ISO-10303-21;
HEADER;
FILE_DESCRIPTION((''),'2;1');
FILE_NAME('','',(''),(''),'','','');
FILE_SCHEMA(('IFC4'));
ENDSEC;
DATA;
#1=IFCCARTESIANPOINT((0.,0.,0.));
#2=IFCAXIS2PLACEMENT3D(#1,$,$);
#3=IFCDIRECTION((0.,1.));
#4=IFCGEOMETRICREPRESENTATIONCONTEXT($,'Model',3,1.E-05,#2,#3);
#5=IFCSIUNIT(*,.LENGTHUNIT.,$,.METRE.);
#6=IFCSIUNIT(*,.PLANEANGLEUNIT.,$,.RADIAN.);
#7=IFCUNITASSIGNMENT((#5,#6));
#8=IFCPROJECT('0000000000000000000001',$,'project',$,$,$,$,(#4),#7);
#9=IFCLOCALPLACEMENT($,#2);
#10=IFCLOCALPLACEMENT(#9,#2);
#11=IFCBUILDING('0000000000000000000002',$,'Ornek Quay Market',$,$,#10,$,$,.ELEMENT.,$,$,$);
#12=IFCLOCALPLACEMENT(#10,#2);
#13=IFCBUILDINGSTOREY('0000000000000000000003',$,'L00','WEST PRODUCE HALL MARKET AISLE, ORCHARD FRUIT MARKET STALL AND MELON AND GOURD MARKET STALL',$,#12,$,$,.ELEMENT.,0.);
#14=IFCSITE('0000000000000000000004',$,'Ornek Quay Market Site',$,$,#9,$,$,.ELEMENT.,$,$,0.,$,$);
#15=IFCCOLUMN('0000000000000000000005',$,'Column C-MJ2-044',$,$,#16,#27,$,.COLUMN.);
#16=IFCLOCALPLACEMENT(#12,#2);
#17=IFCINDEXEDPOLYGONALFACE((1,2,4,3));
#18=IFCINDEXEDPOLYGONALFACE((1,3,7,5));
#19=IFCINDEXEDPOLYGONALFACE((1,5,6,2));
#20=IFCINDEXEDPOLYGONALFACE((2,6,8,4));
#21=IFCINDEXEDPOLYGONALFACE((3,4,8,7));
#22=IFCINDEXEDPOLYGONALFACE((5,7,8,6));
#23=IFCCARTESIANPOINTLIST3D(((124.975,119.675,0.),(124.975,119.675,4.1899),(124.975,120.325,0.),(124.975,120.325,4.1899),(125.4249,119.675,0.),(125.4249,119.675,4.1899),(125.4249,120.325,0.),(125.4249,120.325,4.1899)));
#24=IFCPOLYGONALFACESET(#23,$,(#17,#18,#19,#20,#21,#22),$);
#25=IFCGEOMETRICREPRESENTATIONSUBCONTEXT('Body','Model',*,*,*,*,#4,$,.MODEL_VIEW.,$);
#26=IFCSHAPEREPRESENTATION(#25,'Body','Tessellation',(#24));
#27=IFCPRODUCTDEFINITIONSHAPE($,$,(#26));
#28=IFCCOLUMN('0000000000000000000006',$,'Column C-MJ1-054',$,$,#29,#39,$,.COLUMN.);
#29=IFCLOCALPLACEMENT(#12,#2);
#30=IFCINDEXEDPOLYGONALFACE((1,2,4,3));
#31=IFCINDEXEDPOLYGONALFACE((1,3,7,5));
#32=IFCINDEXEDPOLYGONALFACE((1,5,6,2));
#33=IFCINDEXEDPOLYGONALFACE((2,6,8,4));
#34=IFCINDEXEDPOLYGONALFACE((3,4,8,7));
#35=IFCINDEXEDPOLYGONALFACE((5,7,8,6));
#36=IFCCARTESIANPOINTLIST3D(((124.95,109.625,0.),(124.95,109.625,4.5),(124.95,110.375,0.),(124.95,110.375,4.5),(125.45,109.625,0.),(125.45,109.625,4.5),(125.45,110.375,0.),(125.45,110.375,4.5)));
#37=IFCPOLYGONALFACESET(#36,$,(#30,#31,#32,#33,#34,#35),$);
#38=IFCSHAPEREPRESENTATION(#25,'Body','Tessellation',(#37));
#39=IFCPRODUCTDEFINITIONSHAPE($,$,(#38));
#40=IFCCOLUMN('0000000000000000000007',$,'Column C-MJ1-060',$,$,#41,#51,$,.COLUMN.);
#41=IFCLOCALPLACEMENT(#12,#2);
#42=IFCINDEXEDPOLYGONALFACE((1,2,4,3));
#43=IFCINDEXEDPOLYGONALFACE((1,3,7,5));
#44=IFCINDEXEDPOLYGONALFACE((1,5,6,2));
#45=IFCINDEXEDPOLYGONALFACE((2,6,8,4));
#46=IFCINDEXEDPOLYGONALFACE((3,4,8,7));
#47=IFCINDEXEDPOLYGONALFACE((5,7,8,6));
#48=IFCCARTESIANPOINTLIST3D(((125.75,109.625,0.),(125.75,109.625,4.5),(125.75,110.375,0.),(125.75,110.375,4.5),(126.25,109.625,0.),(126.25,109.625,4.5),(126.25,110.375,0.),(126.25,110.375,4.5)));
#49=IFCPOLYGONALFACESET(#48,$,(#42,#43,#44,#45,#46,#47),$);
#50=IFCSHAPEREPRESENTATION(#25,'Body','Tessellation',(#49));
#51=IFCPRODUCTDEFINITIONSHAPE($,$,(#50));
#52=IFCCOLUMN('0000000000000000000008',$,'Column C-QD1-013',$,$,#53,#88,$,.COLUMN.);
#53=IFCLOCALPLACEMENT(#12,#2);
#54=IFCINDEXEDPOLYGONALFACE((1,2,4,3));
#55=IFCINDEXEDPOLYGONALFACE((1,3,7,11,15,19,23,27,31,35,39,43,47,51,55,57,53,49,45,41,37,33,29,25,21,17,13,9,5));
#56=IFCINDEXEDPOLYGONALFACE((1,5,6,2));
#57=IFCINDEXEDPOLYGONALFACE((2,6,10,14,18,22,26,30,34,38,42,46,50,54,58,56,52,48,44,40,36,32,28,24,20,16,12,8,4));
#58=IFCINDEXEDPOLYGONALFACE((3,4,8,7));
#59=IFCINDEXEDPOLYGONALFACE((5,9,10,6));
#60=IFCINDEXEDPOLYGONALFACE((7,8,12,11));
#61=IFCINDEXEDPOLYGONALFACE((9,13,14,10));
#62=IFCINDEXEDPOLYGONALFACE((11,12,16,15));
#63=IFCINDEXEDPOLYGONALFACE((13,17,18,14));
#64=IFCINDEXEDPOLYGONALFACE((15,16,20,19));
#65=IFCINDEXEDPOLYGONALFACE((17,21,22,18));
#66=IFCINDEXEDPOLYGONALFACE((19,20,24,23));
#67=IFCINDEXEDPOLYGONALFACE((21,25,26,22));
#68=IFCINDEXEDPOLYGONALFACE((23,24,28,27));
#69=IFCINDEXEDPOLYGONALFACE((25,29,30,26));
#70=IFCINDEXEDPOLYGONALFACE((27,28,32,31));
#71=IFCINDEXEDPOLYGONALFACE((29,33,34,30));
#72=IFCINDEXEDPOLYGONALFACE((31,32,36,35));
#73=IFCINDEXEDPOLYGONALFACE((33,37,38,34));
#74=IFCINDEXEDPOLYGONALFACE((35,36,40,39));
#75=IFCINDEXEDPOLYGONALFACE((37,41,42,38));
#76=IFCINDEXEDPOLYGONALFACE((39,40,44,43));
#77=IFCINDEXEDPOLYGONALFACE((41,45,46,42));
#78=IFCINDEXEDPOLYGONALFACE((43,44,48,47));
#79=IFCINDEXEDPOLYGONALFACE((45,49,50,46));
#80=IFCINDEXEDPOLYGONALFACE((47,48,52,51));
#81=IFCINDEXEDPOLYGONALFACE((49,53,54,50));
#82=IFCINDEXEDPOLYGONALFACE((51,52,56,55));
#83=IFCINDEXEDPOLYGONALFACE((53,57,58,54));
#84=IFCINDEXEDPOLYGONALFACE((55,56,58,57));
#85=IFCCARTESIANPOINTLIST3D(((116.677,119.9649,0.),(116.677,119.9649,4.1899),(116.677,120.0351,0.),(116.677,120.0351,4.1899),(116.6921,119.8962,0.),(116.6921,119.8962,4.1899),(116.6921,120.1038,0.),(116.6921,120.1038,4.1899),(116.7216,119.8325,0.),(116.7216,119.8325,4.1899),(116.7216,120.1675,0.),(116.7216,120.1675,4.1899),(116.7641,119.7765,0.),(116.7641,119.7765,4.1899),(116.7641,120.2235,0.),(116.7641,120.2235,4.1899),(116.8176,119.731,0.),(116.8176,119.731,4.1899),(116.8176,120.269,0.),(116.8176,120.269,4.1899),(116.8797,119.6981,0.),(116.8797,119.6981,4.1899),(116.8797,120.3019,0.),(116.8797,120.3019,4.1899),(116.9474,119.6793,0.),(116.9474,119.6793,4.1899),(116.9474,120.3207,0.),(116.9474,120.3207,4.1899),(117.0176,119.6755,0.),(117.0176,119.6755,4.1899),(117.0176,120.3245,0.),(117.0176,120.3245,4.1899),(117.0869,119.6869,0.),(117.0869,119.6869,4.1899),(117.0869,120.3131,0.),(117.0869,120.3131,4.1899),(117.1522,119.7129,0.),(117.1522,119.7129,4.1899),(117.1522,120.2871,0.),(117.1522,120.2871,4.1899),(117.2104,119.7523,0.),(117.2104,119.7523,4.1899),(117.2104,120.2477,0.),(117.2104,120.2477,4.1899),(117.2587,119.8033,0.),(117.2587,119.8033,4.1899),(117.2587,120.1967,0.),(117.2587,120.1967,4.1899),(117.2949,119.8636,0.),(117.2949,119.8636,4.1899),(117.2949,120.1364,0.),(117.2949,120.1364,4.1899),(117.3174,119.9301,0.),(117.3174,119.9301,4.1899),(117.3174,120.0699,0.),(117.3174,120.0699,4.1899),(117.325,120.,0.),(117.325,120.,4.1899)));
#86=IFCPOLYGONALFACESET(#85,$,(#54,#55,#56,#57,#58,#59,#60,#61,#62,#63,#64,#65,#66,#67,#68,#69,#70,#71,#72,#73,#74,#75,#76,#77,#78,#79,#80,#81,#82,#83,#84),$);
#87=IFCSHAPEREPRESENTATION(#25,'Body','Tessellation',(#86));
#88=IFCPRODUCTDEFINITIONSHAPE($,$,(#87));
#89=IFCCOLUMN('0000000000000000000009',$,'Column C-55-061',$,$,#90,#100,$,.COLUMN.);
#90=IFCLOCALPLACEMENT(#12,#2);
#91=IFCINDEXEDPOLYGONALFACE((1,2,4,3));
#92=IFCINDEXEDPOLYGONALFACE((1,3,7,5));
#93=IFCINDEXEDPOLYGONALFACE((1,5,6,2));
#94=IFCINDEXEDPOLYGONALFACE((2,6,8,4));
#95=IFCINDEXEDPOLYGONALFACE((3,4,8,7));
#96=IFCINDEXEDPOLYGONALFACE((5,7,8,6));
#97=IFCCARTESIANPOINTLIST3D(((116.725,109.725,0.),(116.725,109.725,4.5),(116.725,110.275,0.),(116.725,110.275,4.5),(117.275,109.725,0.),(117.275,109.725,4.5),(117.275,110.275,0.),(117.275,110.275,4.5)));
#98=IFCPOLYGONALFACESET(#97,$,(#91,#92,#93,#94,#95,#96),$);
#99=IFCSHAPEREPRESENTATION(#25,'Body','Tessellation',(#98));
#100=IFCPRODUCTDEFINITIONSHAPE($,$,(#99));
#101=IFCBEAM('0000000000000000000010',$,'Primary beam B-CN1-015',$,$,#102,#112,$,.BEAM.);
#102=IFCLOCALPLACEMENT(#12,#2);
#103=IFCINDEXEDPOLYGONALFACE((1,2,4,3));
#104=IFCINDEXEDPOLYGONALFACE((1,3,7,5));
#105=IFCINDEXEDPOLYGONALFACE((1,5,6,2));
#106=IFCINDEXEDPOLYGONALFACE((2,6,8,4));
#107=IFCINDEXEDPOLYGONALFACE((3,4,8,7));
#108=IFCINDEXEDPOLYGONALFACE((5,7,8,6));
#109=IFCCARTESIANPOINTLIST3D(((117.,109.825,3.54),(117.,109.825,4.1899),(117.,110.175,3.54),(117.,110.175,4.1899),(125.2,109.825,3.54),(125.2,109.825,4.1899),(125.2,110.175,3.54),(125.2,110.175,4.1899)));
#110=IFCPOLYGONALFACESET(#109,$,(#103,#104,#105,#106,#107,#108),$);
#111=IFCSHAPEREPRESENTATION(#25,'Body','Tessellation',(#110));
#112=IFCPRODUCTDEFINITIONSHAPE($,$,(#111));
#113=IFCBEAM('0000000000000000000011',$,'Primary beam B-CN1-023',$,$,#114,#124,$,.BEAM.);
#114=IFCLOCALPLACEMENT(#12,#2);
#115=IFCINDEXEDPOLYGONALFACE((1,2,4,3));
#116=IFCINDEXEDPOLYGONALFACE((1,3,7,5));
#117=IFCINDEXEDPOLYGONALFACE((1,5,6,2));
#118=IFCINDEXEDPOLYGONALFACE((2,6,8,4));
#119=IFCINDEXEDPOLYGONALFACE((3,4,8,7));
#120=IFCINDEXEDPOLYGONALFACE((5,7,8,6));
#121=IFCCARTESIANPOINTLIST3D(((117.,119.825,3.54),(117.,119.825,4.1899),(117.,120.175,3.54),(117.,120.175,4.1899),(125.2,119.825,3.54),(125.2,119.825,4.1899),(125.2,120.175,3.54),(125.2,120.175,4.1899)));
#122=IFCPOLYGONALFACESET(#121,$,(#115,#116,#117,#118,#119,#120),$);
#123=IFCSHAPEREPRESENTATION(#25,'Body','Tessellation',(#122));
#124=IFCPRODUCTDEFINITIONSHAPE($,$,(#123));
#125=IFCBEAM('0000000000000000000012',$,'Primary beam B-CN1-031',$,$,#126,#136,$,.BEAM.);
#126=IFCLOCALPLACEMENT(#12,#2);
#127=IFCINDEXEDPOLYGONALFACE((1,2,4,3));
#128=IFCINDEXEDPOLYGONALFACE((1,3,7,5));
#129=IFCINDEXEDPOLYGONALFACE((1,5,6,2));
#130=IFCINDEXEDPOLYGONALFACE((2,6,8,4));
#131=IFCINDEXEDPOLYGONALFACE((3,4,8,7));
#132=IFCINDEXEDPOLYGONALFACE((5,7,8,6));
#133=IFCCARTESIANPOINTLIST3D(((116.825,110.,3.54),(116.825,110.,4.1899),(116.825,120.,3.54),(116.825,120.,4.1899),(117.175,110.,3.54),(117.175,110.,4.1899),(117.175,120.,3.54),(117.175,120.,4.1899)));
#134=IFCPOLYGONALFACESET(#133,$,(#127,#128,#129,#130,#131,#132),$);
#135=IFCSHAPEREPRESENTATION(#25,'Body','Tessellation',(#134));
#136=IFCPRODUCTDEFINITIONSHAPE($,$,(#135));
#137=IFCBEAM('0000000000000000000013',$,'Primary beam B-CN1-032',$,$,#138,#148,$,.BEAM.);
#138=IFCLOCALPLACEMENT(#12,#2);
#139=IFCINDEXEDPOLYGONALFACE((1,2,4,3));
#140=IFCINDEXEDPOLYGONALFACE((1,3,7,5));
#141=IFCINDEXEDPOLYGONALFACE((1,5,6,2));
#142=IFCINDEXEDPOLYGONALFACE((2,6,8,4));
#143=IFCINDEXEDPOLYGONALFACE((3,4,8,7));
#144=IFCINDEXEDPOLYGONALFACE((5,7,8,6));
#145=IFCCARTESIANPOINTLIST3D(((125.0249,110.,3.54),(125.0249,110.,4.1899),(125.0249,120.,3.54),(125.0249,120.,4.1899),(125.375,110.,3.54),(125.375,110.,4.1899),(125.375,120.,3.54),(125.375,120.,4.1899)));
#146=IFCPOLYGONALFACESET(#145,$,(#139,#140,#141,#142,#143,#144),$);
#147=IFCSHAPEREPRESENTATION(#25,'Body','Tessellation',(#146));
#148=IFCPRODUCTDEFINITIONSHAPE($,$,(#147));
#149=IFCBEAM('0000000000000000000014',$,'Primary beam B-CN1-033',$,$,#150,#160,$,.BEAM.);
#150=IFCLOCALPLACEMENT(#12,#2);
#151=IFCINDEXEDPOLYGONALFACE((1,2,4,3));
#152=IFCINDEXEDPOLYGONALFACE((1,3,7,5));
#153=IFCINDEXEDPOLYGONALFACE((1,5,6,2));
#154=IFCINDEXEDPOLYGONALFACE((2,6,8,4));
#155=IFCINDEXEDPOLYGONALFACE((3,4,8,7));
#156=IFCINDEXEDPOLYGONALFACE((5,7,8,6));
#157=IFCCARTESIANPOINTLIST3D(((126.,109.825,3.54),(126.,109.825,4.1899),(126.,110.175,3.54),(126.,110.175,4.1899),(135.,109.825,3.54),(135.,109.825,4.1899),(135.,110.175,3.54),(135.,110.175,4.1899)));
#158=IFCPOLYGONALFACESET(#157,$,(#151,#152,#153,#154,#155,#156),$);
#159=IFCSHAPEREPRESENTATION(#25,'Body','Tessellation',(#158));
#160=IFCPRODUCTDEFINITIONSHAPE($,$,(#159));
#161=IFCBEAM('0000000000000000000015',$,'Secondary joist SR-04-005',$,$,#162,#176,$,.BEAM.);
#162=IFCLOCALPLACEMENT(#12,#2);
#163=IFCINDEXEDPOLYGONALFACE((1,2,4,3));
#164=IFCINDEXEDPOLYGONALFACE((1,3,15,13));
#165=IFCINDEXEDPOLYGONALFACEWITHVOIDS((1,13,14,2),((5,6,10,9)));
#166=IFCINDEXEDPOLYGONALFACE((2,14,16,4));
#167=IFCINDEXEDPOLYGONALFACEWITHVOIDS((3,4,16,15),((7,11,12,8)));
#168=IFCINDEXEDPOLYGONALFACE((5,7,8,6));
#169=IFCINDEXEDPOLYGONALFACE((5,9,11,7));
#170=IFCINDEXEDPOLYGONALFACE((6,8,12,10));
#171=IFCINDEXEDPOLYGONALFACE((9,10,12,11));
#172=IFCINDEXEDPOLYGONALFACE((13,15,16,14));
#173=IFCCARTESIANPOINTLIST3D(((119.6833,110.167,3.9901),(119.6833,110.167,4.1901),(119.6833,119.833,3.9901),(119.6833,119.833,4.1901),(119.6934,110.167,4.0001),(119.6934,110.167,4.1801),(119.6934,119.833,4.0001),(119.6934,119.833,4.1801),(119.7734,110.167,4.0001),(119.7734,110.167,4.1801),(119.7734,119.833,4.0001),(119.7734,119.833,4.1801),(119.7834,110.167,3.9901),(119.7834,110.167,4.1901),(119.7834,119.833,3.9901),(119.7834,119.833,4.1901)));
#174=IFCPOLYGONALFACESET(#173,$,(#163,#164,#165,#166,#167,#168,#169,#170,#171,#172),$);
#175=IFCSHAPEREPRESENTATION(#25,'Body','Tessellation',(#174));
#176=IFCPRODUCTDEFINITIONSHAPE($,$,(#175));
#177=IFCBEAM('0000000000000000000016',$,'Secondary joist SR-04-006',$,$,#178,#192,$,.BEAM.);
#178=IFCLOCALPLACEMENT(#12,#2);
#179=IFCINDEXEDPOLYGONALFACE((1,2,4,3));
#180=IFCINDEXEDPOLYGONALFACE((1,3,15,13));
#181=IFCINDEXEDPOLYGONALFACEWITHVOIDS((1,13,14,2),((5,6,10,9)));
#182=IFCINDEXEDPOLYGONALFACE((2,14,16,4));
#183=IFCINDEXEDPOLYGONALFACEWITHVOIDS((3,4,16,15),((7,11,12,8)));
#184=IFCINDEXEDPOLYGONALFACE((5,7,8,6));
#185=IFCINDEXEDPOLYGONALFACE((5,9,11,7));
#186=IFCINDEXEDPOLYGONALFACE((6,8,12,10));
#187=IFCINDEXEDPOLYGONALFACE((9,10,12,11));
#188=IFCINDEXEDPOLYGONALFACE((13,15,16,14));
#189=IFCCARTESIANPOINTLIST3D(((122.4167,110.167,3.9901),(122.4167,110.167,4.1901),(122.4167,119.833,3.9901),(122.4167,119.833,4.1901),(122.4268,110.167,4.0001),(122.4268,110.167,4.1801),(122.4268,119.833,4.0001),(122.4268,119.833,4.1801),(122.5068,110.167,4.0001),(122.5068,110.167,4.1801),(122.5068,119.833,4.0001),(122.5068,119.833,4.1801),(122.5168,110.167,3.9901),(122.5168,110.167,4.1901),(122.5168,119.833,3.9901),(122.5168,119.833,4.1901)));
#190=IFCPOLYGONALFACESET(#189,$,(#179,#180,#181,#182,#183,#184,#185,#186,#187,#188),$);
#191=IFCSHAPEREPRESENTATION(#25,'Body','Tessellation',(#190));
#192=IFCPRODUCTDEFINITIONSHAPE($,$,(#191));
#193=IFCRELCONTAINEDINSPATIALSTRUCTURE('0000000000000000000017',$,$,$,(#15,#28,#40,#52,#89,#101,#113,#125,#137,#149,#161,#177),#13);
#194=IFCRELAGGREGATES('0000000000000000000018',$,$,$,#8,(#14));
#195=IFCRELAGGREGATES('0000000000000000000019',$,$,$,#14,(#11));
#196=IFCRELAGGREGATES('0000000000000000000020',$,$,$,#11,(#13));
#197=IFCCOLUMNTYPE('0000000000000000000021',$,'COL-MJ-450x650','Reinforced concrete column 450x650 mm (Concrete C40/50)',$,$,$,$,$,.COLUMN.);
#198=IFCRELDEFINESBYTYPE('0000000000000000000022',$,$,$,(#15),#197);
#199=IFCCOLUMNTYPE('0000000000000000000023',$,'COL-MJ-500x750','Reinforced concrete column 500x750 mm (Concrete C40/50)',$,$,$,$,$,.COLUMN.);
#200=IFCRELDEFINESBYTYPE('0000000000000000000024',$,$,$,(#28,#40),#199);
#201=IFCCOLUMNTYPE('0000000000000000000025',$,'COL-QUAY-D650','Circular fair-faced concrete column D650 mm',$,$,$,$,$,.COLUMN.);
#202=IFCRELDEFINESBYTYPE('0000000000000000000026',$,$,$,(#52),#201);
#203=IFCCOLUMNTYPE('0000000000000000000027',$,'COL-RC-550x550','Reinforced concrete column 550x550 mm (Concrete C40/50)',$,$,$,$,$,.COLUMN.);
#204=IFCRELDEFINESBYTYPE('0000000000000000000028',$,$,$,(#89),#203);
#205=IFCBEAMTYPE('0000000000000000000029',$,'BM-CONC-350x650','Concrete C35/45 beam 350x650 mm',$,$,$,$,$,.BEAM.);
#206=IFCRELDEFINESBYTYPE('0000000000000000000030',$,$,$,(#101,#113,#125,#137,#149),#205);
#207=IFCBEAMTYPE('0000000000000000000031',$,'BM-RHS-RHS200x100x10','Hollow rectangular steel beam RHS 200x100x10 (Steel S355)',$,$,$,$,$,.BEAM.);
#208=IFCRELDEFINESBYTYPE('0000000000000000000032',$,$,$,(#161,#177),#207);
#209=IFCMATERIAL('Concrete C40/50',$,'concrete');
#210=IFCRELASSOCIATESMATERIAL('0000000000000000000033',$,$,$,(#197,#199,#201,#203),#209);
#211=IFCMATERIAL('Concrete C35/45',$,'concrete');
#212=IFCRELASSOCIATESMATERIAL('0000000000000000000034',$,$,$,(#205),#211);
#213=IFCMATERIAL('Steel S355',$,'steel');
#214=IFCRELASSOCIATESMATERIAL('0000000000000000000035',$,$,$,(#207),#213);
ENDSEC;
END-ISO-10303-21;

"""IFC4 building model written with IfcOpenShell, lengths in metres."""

from ifc_helpers import new_model, si_unit, direction, frame, origin, origin_2d, place, context, subcontext, project, spatial, rectangle, hollow_rectangle, circle, extrude, material, material_profile, profile_set, type_object, element, save


model = new_model("IFC4")

# Units and contexts
model_context = context("Model", 3, precision=1e-05, world=origin(), true_north=direction((0.0, 1.0)))
body_context = subcontext(model_context, "Body", "Model", "MODEL_VIEW")
ifc_project = project(units=[si_unit("LENGTHUNIT", "METRE"), si_unit("PLANEANGLEUNIT", "RADIAN")], contexts=[model_context])

# Site, building, storey
site_placement = place(None, origin())
site = spatial("IfcSite", under=ifc_project, at=site_placement, Name="Ornek Quay Market Site", CompositionType="ELEMENT", RefElevation=0.0)
building_placement = place(site_placement, origin())
building = spatial("IfcBuilding", under=site, at=building_placement, Name="Ornek Quay Market", CompositionType="ELEMENT")
storey_placement = place(building_placement, origin())
storey = spatial("IfcBuildingStorey", under=building, at=storey_placement, Name="L00", Description="WEST PRODUCE HALL MARKET AISLE, ORCHARD FRUIT MARKET STALL AND MELON AND GOURD MARKET STALL", CompositionType="ELEMENT", Elevation=0.0)

# Columns
ifc_material_1 = material(Name="Concrete C40/50", Category="concrete")
ifc_material_profile_1 = material_profile(ifc_material_1, rectangle(XDim=0.45, YDim=0.6499, at=origin_2d()), Name="RC 450x650", Category="concrete")
ifc_profile_set_1 = profile_set([ifc_material_profile_1], Name="Concrete C40/50")
column_type_1 = type_object("IfcColumnType", Name="COL-MJ-450x650", Description="Reinforced concrete column 450x650 mm (Concrete C40/50)", PredefinedType="COLUMN", material=ifc_profile_set_1)
column_1_placement = place(storey_placement, frame((125.2, 120.0, 0.0), z_axis=(0.0, 0.0, 1.0), x_axis=(1.0, 0.0, 0.0)))
element("IfcColumn", 1, at=column_1_placement, inside=storey, type_object=column_type_1, Name="Column C-MJ2-044", PredefinedType="COLUMN", context=body_context, shape_type="SweptSolid", body=[
    extrude(rectangle(XDim=0.45, YDim=0.6499, at=origin_2d()), origin(), (0.0, 0.0, 1.0), 4.1899),
])
ifc_material_profile_2 = material_profile(ifc_material_1, rectangle(XDim=0.5, YDim=0.75, at=origin_2d()), Name="RC 500x750", Category="concrete")
ifc_profile_set_2 = profile_set([ifc_material_profile_2], Name="Concrete C40/50")
column_type_2 = type_object("IfcColumnType", Name="COL-MJ-500x750", Description="Reinforced concrete column 500x750 mm (Concrete C40/50)", PredefinedType="COLUMN", material=ifc_profile_set_2)
for number, where, z_axis, x_axis, name in (
    (2, (125.2, 110.0, 0.0), (0.0, 0.0, 1.0), (1.0, 0.0, 0.0), "Column C-MJ1-054"),
    (3, (126.0, 110.0, 0.0), (0.0, 0.0, 1.0), (1.0, 0.0, 0.0), "Column C-MJ1-060"),
):
    element("IfcColumn", number, at=place(storey_placement, frame(where, z_axis=z_axis, x_axis=x_axis)), inside=storey, type_object=column_type_2, Name=name, PredefinedType="COLUMN", context=body_context, shape_type="SweptSolid", body=[
        extrude(rectangle(XDim=0.5, YDim=0.75, at=origin_2d()), origin(), (0.0, 0.0, 1.0), 4.5),
    ])
ifc_material_profile_3 = material_profile(ifc_material_1, circle(Radius=0.325, at=origin_2d()), Name="RC D650", Category="concrete")
ifc_profile_set_3 = profile_set([ifc_material_profile_3], Name="Concrete C40/50")
column_type_3 = type_object("IfcColumnType", Name="COL-QUAY-D650", Description="Circular fair-faced concrete column D650 mm", PredefinedType="COLUMN", material=ifc_profile_set_3)
column_2_placement = place(storey_placement, frame((117.0, 120.0, 0.0), z_axis=(0.0, 0.0, 1.0), x_axis=(1.0, 0.0, 0.0)))
element("IfcColumn", 4, at=column_2_placement, inside=storey, type_object=column_type_3, Name="Column C-QD1-013", PredefinedType="COLUMN", context=body_context, shape_type="SweptSolid", body=[
    extrude(circle(Radius=0.325, at=origin_2d()), origin(), (0.0, 0.0, 1.0), 4.1899),
])
ifc_material_profile_4 = material_profile(ifc_material_1, rectangle(XDim=0.55, YDim=0.55, at=origin_2d()), Name="RC 550x550", Category="concrete")
ifc_profile_set_4 = profile_set([ifc_material_profile_4], Name="Concrete C40/50")
column_type_4 = type_object("IfcColumnType", Name="COL-RC-550x550", Description="Reinforced concrete column 550x550 mm (Concrete C40/50)", PredefinedType="COLUMN", material=ifc_profile_set_4)
column_3_placement = place(storey_placement, frame((117.0, 110.0, 0.0), z_axis=(0.0, 0.0, 1.0), x_axis=(1.0, 0.0, 0.0)))
element("IfcColumn", 5, at=column_3_placement, inside=storey, type_object=column_type_4, Name="Column C-55-061", PredefinedType="COLUMN", context=body_context, shape_type="SweptSolid", body=[
    extrude(rectangle(XDim=0.55, YDim=0.55, at=origin_2d()), origin(), (0.0, 0.0, 1.0), 4.5),
])

# Beams
ifc_material_2 = material(Name="Concrete C35/45", Category="concrete")
ifc_material_profile_5 = material_profile(ifc_material_2, rectangle(XDim=0.3501, YDim=0.6499, at=origin_2d()), Name="RC 350x650", Category="concrete")
ifc_profile_set_5 = profile_set([ifc_material_profile_5], Name="Concrete C35/45")
beam_type_1 = type_object("IfcBeamType", Name="BM-CONC-350x650", Description="Concrete C35/45 beam 350x650 mm", PredefinedType="BEAM", material=ifc_profile_set_5)
for number, where, z_axis, x_axis, name in (
    (6, (117.0, 110.0, 3.865), (1.0, 0.0, 0.0), (0.0, 1.0, 0.0), "Primary beam B-CN1-015"),
    (7, (117.0, 120.0, 3.865), (1.0, 0.0, 0.0), (0.0, 1.0, 0.0), "Primary beam B-CN1-023"),
):
    element("IfcBeam", number, at=place(storey_placement, frame(where, z_axis=z_axis, x_axis=x_axis)), inside=storey, type_object=beam_type_1, Name=name, PredefinedType="BEAM", context=body_context, shape_type="SweptSolid", body=[
        extrude(rectangle(XDim=0.3501, YDim=0.6499, at=origin_2d()), origin(), (0.0, 0.0, 1.0), 8.2),
    ])
for number, where, z_axis, x_axis, name in (
    (8, (117.0, 110.0, 3.865), (0.0, 1.0, 0.0), (-1.0, 0.0, 0.0), "Primary beam B-CN1-031"),
    (9, (125.2, 110.0, 3.865), (0.0, 1.0, 0.0), (-1.0, 0.0, 0.0), "Primary beam B-CN1-032"),
):
    element("IfcBeam", number, at=place(storey_placement, frame(where, z_axis=z_axis, x_axis=x_axis)), inside=storey, type_object=beam_type_1, Name=name, PredefinedType="BEAM", context=body_context, shape_type="SweptSolid", body=[
        extrude(rectangle(XDim=0.3501, YDim=0.6499, at=origin_2d()), origin(), (0.0, 0.0, 1.0), 10.0),
    ])
beam_placement = place(storey_placement, frame((126.0, 110.0, 3.865), z_axis=(1.0, 0.0, 0.0), x_axis=(0.0, 1.0, 0.0)))
element("IfcBeam", 10, at=beam_placement, inside=storey, type_object=beam_type_1, Name="Primary beam B-CN1-033", PredefinedType="BEAM", context=body_context, shape_type="SweptSolid", body=[
    extrude(rectangle(XDim=0.3501, YDim=0.6499, at=origin_2d()), origin(), (0.0, 0.0, 1.0), 9.0),
])
ifc_material_3 = material(Name="Steel S355", Category="steel")
ifc_material_profile_6 = material_profile(ifc_material_3, hollow_rectangle(XDim=0.1001, YDim=0.2, WallThickness=0.01, at=origin_2d()), Name="RHS 200x100x10", Category="steel")
ifc_profile_set_6 = profile_set([ifc_material_profile_6], Name="Steel S355")
beam_type_2 = type_object("IfcBeamType", Name="BM-RHS-RHS200x100x10", Description="Hollow rectangular steel beam RHS 200x100x10 (Steel S355)", PredefinedType="BEAM", material=ifc_profile_set_6)
for number, where, z_axis, x_axis, name in (
    (11, (119.7334, 110.167, 4.0901), (0.0, 1.0, 0.0), (-1.0, 0.0, 0.0), "Secondary joist SR-04-005"),
    (12, (122.4668, 110.167, 4.0901), (0.0, 1.0, 0.0), (-1.0, 0.0, 0.0), "Secondary joist SR-04-006"),
):
    element("IfcBeam", number, at=place(storey_placement, frame(where, z_axis=z_axis, x_axis=x_axis)), inside=storey, type_object=beam_type_2, Name=name, PredefinedType="BEAM", context=body_context, shape_type="SweptSolid", body=[
        extrude(hollow_rectangle(XDim=0.1001, YDim=0.2, WallThickness=0.01, at=origin_2d()), origin(), (0.0, 0.0, 1.0), 9.666),
    ])

save(model, "model.ifc")
